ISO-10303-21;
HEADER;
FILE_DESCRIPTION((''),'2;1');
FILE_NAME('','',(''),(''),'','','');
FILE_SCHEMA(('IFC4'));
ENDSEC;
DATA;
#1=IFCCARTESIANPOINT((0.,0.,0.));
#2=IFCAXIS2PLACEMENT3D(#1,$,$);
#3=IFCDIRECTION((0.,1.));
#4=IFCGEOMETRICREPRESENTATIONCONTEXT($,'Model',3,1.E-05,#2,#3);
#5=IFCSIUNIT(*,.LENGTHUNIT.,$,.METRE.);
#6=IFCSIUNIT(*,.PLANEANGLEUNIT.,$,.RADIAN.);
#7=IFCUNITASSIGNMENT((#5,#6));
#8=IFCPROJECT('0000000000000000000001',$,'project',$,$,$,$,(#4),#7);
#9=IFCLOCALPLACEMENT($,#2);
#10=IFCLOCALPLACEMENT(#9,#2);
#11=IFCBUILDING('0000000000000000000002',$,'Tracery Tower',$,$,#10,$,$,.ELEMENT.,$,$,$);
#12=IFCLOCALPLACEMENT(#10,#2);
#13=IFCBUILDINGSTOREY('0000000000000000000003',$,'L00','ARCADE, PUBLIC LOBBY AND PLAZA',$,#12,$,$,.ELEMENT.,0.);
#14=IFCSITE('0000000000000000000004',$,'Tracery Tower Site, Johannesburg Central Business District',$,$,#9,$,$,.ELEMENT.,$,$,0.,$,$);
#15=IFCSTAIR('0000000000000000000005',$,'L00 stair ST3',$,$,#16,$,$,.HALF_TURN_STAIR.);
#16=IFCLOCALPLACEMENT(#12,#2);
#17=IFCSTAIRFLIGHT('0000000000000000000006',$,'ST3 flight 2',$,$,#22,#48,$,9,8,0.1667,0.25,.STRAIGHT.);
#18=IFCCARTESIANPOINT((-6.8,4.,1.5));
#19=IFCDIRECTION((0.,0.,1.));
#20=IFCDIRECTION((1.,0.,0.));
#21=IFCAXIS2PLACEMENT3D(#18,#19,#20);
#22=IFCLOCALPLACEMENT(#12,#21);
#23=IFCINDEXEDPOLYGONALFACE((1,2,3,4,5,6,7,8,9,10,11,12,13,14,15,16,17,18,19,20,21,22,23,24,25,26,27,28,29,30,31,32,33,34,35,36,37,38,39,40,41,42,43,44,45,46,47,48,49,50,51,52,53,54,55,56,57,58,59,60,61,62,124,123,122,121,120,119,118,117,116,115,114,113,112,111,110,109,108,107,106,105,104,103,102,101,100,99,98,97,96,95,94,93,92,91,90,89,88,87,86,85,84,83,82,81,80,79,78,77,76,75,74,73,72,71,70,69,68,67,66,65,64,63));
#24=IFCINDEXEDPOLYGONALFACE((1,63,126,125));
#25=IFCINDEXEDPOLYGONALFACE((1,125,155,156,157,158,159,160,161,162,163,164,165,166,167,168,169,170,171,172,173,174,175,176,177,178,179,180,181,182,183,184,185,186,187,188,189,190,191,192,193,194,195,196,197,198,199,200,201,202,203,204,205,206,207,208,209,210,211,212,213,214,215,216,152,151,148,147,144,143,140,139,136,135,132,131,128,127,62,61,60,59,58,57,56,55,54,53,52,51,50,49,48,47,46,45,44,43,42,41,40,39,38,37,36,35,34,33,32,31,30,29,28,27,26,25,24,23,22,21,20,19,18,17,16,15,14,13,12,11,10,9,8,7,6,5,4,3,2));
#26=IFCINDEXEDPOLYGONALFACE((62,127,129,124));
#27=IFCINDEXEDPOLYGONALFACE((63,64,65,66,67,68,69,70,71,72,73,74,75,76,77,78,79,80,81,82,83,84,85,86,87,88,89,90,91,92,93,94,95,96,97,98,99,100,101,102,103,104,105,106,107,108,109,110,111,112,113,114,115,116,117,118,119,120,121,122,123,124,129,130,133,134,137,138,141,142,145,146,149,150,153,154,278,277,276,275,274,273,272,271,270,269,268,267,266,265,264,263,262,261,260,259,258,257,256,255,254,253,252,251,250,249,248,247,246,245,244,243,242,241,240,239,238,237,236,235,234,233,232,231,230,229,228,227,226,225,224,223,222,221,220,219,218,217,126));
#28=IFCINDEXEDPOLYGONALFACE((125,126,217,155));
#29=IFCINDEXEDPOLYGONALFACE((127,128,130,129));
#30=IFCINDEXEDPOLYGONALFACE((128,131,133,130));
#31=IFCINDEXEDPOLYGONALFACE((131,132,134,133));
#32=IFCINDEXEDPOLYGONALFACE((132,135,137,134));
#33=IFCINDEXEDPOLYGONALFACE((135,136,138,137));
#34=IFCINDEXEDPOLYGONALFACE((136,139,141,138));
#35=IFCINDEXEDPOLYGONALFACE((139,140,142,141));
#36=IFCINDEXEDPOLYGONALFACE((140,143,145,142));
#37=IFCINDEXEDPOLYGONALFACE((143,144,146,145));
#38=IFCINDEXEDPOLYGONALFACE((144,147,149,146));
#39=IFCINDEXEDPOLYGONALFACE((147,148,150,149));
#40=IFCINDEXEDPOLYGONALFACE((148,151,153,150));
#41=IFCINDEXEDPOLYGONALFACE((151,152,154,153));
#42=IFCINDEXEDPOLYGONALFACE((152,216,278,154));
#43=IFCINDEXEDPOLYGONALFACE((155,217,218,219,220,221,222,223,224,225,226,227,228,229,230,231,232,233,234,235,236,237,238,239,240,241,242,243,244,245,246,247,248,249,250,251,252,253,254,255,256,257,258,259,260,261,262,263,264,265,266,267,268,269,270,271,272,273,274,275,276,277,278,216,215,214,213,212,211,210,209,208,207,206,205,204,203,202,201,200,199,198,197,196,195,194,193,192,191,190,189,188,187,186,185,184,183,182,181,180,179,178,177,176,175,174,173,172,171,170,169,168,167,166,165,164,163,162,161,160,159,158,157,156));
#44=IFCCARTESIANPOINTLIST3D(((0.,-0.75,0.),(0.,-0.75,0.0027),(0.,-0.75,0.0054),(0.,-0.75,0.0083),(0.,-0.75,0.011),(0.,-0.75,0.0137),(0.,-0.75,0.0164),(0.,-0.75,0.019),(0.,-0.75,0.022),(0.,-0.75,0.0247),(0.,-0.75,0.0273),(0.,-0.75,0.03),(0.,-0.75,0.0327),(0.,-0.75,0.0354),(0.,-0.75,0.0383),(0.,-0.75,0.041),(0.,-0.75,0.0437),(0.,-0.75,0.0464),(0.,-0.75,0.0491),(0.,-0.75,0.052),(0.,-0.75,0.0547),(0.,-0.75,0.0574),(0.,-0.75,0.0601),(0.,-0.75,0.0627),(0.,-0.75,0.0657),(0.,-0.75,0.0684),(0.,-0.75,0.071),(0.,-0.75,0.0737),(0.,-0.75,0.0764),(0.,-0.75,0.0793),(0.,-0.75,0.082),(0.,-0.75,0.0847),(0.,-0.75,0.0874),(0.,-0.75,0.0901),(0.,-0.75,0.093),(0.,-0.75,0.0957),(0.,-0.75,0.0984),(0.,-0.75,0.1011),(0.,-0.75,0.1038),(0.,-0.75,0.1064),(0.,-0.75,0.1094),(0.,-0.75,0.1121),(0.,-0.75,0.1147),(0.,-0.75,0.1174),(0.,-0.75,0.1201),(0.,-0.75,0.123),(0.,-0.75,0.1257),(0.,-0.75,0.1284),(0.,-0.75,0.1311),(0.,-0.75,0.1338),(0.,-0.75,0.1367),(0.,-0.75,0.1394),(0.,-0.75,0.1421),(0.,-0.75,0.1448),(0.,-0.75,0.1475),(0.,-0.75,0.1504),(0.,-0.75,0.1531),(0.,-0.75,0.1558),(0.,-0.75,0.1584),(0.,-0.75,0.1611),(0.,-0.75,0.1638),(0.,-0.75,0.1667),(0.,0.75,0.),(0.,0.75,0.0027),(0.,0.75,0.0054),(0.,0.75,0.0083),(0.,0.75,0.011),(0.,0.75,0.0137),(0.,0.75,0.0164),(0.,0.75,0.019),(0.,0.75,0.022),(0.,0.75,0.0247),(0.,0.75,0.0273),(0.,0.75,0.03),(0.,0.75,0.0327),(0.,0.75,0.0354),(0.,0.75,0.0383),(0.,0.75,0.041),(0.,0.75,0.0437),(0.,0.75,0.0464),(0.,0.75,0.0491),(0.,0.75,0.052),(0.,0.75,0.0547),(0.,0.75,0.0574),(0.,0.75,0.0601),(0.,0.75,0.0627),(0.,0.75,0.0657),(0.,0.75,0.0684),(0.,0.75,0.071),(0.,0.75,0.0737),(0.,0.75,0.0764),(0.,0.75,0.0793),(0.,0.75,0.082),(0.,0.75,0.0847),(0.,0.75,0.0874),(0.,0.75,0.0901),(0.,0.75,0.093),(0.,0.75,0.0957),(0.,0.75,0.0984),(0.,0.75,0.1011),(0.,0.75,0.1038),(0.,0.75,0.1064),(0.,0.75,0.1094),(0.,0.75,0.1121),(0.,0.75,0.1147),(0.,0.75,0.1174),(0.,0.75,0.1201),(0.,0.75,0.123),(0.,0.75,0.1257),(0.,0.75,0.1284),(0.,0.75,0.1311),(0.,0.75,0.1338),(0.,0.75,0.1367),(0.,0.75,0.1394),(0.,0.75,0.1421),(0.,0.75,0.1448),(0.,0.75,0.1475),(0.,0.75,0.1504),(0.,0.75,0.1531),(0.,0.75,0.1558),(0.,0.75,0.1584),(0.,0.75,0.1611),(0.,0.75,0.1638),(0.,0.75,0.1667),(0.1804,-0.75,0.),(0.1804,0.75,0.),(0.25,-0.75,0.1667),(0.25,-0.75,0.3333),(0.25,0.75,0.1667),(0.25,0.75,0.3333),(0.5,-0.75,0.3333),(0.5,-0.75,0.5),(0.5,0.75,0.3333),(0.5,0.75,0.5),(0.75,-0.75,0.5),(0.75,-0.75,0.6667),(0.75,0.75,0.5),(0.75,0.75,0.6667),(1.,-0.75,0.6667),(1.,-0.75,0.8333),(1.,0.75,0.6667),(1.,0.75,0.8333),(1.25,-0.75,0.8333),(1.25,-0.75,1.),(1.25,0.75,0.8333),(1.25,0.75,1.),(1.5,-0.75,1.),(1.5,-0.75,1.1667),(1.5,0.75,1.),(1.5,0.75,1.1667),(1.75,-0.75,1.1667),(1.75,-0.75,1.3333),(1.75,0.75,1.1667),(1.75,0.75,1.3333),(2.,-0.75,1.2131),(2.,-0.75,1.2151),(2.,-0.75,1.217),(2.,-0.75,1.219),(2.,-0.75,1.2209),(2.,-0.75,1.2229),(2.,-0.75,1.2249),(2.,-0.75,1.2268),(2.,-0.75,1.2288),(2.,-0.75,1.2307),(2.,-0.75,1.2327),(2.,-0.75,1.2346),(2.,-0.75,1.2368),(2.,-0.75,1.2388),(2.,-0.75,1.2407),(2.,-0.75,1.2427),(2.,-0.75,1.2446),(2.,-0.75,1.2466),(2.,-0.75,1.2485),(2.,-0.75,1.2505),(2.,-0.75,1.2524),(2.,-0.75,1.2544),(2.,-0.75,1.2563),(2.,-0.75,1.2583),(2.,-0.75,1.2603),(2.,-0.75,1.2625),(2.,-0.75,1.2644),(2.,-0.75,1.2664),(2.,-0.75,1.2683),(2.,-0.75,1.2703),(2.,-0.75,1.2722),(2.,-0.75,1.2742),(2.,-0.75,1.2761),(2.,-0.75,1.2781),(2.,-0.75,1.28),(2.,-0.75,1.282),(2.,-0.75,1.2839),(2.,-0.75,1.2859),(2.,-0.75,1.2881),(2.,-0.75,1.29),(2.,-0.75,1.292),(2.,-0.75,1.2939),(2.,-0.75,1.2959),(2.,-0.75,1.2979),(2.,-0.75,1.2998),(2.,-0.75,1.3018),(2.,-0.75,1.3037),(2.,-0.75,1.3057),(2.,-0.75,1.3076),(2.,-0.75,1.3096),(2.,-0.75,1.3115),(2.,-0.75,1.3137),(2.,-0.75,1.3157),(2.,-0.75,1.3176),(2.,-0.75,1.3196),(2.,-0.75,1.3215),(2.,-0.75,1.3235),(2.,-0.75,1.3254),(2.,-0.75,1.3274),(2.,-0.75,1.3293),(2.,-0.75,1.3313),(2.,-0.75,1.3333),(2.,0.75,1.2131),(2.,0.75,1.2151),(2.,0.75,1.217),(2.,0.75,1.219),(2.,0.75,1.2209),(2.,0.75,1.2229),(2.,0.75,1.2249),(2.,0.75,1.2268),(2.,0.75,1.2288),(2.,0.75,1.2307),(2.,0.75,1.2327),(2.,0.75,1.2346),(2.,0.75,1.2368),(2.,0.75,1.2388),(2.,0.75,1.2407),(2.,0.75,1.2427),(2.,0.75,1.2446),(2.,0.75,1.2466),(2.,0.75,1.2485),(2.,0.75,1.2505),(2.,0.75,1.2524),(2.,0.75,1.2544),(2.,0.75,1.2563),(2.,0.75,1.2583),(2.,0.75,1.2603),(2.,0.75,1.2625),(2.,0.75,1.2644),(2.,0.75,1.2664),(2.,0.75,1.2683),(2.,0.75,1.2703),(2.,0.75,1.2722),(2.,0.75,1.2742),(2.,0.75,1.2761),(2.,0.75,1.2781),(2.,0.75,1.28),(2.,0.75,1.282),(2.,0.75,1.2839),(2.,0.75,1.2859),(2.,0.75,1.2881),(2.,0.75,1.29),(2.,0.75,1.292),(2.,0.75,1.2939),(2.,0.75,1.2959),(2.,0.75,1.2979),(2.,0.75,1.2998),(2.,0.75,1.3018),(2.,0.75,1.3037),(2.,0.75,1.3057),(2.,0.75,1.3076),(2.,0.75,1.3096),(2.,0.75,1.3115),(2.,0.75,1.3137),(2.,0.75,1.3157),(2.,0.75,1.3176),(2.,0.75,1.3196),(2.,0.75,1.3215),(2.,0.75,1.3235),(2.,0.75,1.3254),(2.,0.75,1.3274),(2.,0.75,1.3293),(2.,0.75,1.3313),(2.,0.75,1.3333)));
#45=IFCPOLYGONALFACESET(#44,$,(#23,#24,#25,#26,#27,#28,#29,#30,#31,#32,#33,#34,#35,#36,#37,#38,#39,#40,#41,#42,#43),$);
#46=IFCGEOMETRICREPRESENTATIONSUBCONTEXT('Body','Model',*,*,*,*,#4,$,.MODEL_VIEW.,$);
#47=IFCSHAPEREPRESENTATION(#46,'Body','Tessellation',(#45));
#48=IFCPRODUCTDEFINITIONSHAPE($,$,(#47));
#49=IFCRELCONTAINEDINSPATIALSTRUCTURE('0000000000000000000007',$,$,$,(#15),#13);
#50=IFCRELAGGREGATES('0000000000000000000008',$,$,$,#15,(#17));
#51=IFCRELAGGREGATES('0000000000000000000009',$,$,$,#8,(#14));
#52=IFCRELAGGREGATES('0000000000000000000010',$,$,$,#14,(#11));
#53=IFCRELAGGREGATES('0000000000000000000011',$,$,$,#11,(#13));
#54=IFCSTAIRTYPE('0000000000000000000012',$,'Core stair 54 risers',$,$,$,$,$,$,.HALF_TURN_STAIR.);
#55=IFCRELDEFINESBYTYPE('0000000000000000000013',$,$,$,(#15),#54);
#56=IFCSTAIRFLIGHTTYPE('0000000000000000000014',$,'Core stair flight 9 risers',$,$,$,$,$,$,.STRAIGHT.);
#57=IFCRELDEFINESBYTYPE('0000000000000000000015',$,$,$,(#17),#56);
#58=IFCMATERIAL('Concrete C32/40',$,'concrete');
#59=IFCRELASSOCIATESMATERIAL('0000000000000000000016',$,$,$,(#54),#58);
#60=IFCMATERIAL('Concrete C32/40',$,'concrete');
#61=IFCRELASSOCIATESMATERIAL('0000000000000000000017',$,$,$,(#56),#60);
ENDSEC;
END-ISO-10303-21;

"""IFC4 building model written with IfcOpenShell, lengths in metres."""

from ifc_helpers import new_model, si_unit, direction, frame, origin, place, context, subcontext, project, spatial, polyline, outline, extrude, material, type_object, element, aggregate, save


model = new_model("IFC4")

# Units and contexts
model_context = context("Model", 3, precision=1e-05, world=origin(), true_north=direction((0.0, 1.0)))
body_context = subcontext(model_context, "Body", "Model", "MODEL_VIEW")
ifc_project = project(units=[si_unit("LENGTHUNIT", "METRE"), si_unit("PLANEANGLEUNIT", "RADIAN")], contexts=[model_context])

# Site, building, storey
site_placement = place(None, origin())
site = spatial("IfcSite", under=ifc_project, at=site_placement, Name="Tracery Tower Site, Johannesburg Central Business District", CompositionType="ELEMENT", RefElevation=0.0)
building_placement = place(site_placement, origin())
building = spatial("IfcBuilding", under=site, at=building_placement, Name="Tracery Tower", CompositionType="ELEMENT")
storey_placement = place(building_placement, origin())
storey = spatial("IfcBuildingStorey", under=building, at=storey_placement, Name="L00", Description="ARCADE, PUBLIC LOBBY AND PLAZA", CompositionType="ELEMENT", Elevation=0.0)

# Stair, stair flight
ifc_material_1 = material(Name="Concrete C32/40", Category="concrete")
stair_type = type_object("IfcStairType", Name="Core stair 54 risers", PredefinedType="HALF_TURN_STAIR", material=ifc_material_1)
stair_placement = place(storey_placement, origin())
stair = element("IfcStair", 1, at=stair_placement, inside=storey, type_object=stair_type, Name="L00 stair ST3", PredefinedType="HALF_TURN_STAIR")
ifc_material_2 = material(Name="Concrete C32/40", Category="concrete")
stair_flight_type = type_object("IfcStairFlightType", Name="Core stair flight 9 risers", PredefinedType="STRAIGHT", material=ifc_material_2)
stair_flight_1_placement = place(storey_placement, frame((-6.8, 4.0, 1.5), z_axis=(0.0, 0.0, 1.0), x_axis=(1.0, 0.0, 0.0)))
stair_flight_1 = element("IfcStairFlight", 2, at=stair_flight_1_placement, type_object=stair_flight_type, Name="ST3 flight 2", NumberOfRisers=9, NumberOfTreads=8, PredefinedType="STRAIGHT", RiserHeight=0.1667, TreadLength=0.25, context=body_context, shape_type="SweptSolid", body=[
    extrude(outline(polyline([(0.0, 0.0), (0.0, 0.0027), (0.0, 0.0054), (0.0, 0.0083), (0.0, 0.011), (0.0, 0.0137), (0.0, 0.0164), (0.0, 0.019), (0.0, 0.022), (0.0, 0.0247), (0.0, 0.0273), (0.0, 0.03), (0.0, 0.0327), (0.0, 0.0354), (0.0, 0.0383), (0.0, 0.041), (0.0, 0.0437), (0.0, 0.0464), (0.0, 0.0491), (0.0, 0.052), (0.0, 0.0547), (0.0, 0.0574), (0.0, 0.0601), (0.0, 0.0627), (0.0, 0.0657), (0.0, 0.0684), (0.0, 0.071), (0.0, 0.0737), (0.0, 0.0764), (0.0, 0.0793), (0.0, 0.082), (0.0, 0.0847), (0.0, 0.0874), (0.0, 0.0901), (0.0, 0.093), (0.0, 0.0957), (0.0, 0.0984), (0.0, 0.1011), (0.0, 0.1038), (0.0, 0.1064), (0.0, 0.1094), (0.0, 0.1121), (0.0, 0.1147), (0.0, 0.1174), (0.0, 0.1201), (0.0, 0.123), (0.0, 0.1257), (0.0, 0.1284), (0.0, 0.1311), (0.0, 0.1338), (0.0, 0.1367), (0.0, 0.1394), (0.0, 0.1421), (0.0, 0.1448), (0.0, 0.1475), (0.0, 0.1504), (0.0, 0.1531), (0.0, 0.1558), (0.0, 0.1584), (0.0, 0.1611), (0.0, 0.1638), (0.0, 0.1667), (0.25, 0.1667), (0.25, 0.3333), (0.5, 0.3333), (0.5, 0.5), (0.75, 0.5), (0.75, 0.6667), (1.0, 0.6667), (1.0, 0.8333), (1.25, 0.8333), (1.25, 1.0), (1.5, 1.0), (1.5, 1.1667), (1.75, 1.1667), (1.75, 1.3333), (2.0, 1.3333), (2.0, 1.3313), (2.0, 1.3293), (2.0, 1.3274), (2.0, 1.3254), (2.0, 1.3235), (2.0, 1.3215), (2.0, 1.3196), (2.0, 1.3176), (2.0, 1.3157), (2.0, 1.3137), (2.0, 1.3115), (2.0, 1.3096), (2.0, 1.3076), (2.0, 1.3057), (2.0, 1.3037), (2.0, 1.3018), (2.0, 1.2998), (2.0, 1.2979), (2.0, 1.2959), (2.0, 1.2939), (2.0, 1.292), (2.0, 1.29), (2.0, 1.2881), (2.0, 1.2859), (2.0, 1.2839), (2.0, 1.282), (2.0, 1.28), (2.0, 1.2781), (2.0, 1.2761), (2.0, 1.2742), (2.0, 1.2722), (2.0, 1.2703), (2.0, 1.2683), (2.0, 1.2664), (2.0, 1.2644), (2.0, 1.2625), (2.0, 1.2603), (2.0, 1.2583), (2.0, 1.2563), (2.0, 1.2544), (2.0, 1.2524), (2.0, 1.2505), (2.0, 1.2485), (2.0, 1.2466), (2.0, 1.2446), (2.0, 1.2427), (2.0, 1.2407), (2.0, 1.2388), (2.0, 1.2368), (2.0, 1.2346), (2.0, 1.2327), (2.0, 1.2307), (2.0, 1.2288), (2.0, 1.2268), (2.0, 1.2249), (2.0, 1.2229), (2.0, 1.2209), (2.0, 1.219), (2.0, 1.217), (2.0, 1.2151), (2.0, 1.2131), (0.1804, 0.0), (0.0, 0.0)])), frame((0.0, 0.75, 0.0), z_axis=(0.0, -1.0, 0.0), x_axis=(1.0, 0.0, 0.0)), (0.0, 0.0, 1.0), 1.5),
])
aggregate(stair, [stair_flight_1])

save(model, "model.ifc")
